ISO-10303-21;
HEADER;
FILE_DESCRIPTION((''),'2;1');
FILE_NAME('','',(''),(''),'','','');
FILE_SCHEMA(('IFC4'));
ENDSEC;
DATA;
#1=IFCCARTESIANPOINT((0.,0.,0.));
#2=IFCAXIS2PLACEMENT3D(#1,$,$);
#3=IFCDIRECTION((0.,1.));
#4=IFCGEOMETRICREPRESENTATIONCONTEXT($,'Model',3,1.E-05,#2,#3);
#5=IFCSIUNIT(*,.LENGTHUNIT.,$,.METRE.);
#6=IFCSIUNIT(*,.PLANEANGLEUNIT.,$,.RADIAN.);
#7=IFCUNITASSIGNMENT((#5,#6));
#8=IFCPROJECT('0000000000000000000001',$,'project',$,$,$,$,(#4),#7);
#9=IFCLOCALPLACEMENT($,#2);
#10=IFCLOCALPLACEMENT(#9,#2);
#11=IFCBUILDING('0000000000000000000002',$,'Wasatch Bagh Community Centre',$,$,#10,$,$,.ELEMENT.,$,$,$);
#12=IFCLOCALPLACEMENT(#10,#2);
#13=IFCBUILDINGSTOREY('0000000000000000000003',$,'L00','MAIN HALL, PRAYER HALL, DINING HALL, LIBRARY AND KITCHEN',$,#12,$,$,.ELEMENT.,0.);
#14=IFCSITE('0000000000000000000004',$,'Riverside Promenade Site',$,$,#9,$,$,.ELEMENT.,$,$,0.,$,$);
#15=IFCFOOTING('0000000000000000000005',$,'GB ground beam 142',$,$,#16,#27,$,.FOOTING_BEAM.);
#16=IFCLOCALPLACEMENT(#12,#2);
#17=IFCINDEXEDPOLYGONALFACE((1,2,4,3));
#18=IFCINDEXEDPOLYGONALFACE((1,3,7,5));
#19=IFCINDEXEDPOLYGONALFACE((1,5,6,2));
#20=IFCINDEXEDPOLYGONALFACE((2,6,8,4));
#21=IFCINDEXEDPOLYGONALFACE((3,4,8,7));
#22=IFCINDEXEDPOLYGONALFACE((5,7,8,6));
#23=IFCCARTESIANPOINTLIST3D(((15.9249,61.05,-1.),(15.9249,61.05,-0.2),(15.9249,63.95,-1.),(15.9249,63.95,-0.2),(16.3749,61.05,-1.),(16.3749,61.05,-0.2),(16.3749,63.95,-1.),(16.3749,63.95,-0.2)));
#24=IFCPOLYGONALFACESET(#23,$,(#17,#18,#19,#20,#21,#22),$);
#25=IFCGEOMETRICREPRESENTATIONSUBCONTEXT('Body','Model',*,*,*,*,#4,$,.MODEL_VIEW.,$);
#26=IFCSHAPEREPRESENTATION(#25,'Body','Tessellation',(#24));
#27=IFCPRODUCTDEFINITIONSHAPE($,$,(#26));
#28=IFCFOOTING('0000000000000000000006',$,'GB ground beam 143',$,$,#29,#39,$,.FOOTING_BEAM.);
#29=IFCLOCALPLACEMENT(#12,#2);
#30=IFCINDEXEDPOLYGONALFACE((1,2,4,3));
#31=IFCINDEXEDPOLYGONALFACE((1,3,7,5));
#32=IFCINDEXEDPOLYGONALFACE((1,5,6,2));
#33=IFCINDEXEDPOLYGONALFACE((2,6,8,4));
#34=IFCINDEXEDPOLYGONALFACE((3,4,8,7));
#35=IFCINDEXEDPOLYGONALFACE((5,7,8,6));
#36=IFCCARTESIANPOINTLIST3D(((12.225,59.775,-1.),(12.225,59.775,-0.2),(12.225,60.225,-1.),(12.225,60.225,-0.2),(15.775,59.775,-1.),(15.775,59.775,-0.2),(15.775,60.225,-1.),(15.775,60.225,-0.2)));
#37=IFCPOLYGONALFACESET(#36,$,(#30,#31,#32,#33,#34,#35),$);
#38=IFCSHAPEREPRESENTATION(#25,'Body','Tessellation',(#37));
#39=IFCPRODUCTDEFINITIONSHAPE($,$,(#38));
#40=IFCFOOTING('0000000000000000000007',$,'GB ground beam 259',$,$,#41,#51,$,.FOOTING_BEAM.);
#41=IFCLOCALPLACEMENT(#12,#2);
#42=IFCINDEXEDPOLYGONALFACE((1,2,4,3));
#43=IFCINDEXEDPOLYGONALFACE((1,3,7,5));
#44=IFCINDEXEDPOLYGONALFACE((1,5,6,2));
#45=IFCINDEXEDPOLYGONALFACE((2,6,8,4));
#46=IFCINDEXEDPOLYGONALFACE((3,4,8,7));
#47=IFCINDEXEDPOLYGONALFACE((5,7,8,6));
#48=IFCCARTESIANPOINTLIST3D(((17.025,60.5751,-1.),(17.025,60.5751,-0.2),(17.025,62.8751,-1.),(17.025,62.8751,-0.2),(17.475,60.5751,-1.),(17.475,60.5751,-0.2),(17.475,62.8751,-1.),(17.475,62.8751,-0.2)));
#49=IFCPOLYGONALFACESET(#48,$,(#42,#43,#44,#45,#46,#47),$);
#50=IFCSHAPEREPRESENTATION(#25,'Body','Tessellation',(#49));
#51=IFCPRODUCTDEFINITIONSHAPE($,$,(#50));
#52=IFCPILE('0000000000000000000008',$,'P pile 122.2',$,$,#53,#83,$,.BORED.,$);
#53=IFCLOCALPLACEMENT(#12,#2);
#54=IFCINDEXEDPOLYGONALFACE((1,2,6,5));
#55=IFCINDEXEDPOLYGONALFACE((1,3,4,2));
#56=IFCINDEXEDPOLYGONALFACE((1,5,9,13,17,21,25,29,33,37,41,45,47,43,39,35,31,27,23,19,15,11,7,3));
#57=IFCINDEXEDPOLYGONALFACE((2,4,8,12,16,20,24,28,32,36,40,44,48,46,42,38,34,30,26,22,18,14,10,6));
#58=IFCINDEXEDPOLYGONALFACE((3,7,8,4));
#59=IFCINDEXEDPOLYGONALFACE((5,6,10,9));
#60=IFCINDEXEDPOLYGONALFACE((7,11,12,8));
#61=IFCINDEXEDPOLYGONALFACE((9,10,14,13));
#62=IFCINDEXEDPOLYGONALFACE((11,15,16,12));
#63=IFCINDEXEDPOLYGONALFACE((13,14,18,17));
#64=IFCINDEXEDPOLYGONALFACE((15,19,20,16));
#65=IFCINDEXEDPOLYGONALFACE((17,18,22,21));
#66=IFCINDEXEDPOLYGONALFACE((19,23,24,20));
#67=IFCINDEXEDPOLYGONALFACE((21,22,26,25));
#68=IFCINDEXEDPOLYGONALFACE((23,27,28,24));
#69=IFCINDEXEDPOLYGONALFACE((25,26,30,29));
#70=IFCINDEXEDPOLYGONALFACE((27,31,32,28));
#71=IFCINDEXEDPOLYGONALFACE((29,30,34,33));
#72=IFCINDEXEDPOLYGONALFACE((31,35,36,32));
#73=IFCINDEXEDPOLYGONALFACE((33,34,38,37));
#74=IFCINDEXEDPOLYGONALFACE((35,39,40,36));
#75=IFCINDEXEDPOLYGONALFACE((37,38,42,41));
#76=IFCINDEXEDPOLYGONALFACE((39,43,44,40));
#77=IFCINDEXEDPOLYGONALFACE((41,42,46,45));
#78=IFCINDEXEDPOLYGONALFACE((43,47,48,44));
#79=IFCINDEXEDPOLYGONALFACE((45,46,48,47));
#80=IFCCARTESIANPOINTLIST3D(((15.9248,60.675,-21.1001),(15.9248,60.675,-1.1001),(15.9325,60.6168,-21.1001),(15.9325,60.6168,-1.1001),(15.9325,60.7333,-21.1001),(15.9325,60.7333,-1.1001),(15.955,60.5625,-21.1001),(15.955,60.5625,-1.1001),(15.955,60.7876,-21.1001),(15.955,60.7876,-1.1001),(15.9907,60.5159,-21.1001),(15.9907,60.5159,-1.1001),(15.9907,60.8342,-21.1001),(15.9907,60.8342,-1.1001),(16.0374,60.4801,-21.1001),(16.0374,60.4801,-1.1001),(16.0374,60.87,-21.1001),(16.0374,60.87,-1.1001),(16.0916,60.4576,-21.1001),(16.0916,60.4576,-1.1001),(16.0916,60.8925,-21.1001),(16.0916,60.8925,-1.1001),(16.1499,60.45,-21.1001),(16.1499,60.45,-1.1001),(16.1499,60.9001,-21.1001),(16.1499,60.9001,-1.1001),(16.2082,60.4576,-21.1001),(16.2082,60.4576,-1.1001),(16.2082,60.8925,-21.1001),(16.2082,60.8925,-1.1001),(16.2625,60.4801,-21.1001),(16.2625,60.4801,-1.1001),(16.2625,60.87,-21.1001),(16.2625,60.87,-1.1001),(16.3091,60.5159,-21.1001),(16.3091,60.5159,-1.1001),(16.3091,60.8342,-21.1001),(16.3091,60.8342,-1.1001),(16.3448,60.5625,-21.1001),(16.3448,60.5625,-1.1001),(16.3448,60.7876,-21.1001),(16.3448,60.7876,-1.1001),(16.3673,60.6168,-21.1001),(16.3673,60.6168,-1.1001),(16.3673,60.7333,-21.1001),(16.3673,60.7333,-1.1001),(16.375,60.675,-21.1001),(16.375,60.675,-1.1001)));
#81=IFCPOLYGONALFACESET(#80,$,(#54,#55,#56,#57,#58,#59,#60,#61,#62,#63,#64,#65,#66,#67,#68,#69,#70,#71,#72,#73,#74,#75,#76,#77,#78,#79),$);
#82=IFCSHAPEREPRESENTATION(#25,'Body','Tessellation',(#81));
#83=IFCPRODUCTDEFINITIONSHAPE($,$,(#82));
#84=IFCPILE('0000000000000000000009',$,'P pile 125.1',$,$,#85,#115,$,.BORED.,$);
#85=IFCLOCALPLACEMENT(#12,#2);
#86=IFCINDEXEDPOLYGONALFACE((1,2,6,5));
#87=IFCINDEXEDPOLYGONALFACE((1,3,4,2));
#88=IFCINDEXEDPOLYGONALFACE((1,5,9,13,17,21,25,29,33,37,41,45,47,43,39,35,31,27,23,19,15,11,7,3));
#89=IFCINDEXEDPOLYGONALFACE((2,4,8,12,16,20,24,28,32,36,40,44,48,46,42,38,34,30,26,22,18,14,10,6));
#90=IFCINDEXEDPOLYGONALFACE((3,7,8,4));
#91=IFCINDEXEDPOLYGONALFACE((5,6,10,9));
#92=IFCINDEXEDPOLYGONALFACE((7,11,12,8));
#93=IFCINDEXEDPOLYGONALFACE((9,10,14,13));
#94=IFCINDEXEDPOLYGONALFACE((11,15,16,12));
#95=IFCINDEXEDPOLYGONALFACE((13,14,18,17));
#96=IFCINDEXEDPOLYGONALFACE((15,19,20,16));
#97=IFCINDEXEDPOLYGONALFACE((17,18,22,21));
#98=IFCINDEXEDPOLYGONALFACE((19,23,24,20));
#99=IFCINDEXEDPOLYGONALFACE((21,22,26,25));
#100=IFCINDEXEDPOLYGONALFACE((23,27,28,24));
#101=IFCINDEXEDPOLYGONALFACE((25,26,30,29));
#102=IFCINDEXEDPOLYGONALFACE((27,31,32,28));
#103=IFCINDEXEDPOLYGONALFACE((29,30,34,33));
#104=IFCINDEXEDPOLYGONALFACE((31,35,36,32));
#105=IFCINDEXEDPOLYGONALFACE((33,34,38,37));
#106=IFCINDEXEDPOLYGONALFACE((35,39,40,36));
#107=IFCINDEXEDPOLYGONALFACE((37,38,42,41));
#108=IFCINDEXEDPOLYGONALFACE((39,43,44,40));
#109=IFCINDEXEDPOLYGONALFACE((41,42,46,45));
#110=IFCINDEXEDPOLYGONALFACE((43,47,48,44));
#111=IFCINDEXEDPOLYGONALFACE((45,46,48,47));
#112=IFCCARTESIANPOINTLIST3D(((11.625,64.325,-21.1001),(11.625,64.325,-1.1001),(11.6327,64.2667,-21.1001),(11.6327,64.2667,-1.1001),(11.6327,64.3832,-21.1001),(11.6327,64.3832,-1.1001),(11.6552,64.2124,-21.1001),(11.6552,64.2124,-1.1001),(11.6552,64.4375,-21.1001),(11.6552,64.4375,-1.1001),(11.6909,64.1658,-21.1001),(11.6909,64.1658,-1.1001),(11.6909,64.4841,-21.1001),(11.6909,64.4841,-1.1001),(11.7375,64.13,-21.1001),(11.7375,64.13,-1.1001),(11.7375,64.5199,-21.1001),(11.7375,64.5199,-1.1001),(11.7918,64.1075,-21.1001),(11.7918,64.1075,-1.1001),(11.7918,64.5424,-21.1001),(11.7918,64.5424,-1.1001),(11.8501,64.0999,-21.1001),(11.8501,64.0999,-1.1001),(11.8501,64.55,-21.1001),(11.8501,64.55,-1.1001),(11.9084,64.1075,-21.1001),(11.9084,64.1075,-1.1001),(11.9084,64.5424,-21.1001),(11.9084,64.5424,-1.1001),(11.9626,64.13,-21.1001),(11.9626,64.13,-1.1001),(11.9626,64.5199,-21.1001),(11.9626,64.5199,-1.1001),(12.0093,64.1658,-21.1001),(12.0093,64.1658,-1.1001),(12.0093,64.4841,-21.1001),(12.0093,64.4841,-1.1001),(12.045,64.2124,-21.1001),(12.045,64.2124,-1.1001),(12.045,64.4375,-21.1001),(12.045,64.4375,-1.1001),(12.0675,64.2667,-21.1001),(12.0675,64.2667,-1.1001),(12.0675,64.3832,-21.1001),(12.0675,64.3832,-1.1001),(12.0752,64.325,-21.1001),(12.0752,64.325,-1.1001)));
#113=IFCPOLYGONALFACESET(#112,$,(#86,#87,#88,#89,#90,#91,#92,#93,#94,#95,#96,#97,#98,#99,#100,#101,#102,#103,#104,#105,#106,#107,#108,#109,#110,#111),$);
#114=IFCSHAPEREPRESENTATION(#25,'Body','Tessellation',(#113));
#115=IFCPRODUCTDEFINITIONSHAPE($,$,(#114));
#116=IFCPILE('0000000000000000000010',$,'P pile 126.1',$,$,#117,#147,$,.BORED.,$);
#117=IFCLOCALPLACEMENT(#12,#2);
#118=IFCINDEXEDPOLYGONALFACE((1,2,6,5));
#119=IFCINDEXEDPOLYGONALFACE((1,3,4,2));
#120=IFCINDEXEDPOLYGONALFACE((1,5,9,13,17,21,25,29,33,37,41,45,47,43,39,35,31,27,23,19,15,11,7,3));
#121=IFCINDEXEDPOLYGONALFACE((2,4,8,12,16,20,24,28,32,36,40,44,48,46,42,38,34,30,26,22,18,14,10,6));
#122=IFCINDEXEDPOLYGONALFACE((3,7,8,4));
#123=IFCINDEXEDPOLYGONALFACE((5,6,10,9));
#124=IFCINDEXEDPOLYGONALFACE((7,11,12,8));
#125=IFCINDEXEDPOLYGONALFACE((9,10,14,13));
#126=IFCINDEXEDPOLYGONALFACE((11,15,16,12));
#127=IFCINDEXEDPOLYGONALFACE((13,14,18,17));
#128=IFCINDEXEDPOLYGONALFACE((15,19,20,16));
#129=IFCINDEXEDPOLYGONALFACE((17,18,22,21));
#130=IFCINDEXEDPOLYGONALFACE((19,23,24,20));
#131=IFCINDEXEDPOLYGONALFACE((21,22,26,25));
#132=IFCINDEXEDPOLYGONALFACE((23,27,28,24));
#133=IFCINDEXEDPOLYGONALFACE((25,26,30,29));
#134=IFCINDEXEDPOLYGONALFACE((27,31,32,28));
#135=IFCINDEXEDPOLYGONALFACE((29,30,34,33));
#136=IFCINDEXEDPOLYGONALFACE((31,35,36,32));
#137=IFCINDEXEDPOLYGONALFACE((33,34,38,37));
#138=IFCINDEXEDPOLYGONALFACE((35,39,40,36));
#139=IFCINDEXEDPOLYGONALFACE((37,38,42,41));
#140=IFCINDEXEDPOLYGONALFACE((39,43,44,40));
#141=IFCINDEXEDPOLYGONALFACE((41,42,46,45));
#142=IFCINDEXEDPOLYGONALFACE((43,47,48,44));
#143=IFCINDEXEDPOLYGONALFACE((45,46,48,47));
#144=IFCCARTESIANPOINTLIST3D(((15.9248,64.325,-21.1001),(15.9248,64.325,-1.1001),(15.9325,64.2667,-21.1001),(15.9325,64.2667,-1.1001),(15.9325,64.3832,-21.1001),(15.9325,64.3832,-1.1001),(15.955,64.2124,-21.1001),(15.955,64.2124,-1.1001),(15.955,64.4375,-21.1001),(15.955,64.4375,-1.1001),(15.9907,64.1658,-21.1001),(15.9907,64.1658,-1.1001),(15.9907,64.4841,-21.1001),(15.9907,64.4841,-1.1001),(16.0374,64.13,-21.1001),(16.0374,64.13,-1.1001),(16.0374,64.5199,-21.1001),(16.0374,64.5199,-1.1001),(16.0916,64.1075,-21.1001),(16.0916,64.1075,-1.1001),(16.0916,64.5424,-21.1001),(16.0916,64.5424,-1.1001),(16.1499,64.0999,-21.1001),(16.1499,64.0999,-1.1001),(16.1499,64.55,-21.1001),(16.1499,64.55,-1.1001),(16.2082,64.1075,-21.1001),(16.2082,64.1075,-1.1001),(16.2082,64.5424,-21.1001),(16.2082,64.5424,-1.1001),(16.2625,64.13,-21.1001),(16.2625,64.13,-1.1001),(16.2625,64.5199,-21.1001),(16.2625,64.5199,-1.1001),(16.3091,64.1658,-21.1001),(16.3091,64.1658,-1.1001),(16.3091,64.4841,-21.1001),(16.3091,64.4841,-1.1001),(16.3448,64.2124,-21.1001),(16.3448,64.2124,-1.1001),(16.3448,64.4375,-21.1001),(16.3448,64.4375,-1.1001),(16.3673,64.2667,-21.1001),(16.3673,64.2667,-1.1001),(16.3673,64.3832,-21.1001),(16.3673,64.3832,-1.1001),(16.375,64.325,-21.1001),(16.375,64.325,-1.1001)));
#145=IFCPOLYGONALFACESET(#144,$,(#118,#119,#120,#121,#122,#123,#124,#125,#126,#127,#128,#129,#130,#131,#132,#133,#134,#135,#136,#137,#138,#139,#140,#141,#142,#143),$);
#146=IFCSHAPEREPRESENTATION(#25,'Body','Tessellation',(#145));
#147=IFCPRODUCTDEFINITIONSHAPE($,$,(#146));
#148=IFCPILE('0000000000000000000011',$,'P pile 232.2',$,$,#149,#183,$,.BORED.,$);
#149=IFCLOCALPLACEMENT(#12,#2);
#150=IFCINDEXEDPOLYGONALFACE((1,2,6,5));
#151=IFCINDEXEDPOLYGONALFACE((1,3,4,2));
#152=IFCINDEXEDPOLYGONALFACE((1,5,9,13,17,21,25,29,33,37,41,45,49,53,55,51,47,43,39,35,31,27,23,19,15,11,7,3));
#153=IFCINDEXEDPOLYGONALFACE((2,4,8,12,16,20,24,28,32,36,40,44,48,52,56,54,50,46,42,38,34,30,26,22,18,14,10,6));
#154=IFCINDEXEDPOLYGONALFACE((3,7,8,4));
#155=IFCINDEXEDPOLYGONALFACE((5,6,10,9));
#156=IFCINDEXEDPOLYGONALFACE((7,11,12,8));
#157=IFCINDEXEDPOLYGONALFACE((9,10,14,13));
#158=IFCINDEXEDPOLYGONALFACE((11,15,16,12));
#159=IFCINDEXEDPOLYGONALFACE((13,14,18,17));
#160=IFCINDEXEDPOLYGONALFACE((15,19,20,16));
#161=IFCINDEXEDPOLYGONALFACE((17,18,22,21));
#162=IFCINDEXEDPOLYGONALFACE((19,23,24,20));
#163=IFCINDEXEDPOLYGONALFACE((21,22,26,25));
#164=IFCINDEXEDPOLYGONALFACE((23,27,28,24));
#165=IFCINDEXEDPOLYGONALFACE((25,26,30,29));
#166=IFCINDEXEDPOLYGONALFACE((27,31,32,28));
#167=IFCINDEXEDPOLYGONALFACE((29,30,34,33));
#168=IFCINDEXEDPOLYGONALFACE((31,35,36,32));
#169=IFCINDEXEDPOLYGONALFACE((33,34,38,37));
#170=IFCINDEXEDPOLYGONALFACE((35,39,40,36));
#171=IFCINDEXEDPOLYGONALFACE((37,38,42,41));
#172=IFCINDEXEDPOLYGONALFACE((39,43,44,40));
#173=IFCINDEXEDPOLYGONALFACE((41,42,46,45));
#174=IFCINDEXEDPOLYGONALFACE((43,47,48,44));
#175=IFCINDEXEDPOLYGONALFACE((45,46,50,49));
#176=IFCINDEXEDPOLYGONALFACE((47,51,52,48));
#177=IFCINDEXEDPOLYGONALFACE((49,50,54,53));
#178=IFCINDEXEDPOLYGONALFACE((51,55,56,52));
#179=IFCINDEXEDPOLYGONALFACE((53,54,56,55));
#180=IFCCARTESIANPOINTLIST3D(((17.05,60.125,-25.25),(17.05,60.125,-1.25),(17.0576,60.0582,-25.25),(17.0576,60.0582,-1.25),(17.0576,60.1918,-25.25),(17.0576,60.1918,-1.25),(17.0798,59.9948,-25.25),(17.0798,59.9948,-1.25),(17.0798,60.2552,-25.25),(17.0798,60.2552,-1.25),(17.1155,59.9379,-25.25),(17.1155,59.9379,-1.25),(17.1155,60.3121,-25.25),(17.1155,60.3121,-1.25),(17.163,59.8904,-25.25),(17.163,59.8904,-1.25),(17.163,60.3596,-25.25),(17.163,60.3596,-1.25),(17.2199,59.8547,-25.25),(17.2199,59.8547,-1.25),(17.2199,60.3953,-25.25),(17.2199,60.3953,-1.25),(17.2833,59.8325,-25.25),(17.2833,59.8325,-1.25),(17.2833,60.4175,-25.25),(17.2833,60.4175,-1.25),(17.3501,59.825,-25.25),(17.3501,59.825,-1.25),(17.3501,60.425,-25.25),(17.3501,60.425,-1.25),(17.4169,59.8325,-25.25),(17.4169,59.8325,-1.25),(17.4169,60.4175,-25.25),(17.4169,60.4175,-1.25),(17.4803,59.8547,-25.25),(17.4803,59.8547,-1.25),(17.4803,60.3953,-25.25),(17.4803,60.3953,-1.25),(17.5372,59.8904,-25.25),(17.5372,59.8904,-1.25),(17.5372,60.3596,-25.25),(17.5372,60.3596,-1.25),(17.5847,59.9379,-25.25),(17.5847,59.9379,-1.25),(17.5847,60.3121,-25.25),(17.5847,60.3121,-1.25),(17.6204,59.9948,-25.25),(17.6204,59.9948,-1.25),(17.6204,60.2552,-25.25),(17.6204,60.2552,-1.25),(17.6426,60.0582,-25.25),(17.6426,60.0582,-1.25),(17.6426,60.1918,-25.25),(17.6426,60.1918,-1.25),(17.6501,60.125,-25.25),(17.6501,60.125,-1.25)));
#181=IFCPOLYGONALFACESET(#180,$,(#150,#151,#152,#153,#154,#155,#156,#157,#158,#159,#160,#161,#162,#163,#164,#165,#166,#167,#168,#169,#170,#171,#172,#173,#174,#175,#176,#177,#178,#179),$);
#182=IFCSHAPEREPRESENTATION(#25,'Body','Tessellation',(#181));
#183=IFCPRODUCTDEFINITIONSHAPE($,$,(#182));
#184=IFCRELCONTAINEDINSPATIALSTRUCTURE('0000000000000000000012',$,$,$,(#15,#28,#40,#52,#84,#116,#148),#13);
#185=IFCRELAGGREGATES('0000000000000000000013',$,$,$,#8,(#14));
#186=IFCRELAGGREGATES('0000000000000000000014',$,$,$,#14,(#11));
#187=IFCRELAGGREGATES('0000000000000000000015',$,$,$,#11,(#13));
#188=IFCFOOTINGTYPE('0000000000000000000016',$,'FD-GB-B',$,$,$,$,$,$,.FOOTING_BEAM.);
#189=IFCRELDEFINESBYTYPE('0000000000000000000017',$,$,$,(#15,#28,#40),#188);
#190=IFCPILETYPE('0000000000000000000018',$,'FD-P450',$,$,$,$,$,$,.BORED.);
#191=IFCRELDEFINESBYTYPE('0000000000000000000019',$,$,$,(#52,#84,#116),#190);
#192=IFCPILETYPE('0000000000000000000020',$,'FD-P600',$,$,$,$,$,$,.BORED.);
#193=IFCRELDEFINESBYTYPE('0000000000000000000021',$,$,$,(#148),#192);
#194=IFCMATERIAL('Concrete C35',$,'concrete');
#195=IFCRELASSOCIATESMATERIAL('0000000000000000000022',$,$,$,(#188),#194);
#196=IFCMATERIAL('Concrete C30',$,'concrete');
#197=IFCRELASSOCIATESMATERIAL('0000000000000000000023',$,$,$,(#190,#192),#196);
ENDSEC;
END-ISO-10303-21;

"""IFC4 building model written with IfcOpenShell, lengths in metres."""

from ifc_helpers import new_model, si_unit, direction, frame, origin, origin_2d, place, context, subcontext, project, spatial, rectangle, circle, extrude, material, material_profile, profile_set, type_object, element, save


model = new_model("IFC4")

# Units and contexts
model_context = context("Model", 3, precision=1e-05, world=origin(), true_north=direction((0.0, 1.0)))
body_context = subcontext(model_context, "Body", "Model", "MODEL_VIEW")
ifc_project = project(units=[si_unit("LENGTHUNIT", "METRE"), si_unit("PLANEANGLEUNIT", "RADIAN")], contexts=[model_context])

# Site, building, storey
site_placement = place(None, origin())
site = spatial("IfcSite", under=ifc_project, at=site_placement, Name="Riverside Promenade Site", CompositionType="ELEMENT", RefElevation=0.0)
building_placement = place(site_placement, origin())
building = spatial("IfcBuilding", under=site, at=building_placement, Name="Wasatch Bagh Community Centre", CompositionType="ELEMENT")
storey_placement = place(building_placement, origin())
storey = spatial("IfcBuildingStorey", under=building, at=storey_placement, Name="L00", Description="MAIN HALL, PRAYER HALL, DINING HALL, LIBRARY AND KITCHEN", CompositionType="ELEMENT", Elevation=0.0)

# Footings
ifc_material_1 = material(Name="Concrete C35", Category="concrete")
footing_type_1 = type_object("IfcFootingType", Name="FD-GB-B", PredefinedType="FOOTING_BEAM", material=ifc_material_1)
footing_1_placement = place(storey_placement, frame((16.1499, 62.5, -1.0), z_axis=(0.0, 0.0, 1.0), x_axis=(0.0, 1.0, 0.0)))
element("IfcFooting", 1, at=footing_1_placement, inside=storey, type_object=footing_type_1, Name="GB ground beam 142", PredefinedType="FOOTING_BEAM", context=body_context, shape_type="SweptSolid", body=[
    extrude(rectangle(XDim=2.8999, YDim=0.45, at=origin_2d()), origin(), (0.0, 0.0, 1.0), 0.8),
])
footing_2_placement = place(storey_placement, frame((14.0, 60.0, -1.0), z_axis=(0.0, 0.0, 1.0), x_axis=(-1.0, 0.0, 0.0)))
element("IfcFooting", 2, at=footing_2_placement, inside=storey, type_object=footing_type_1, Name="GB ground beam 143", PredefinedType="FOOTING_BEAM", context=body_context, shape_type="SweptSolid", body=[
    extrude(rectangle(XDim=3.55, YDim=0.45, at=origin_2d()), origin(), (0.0, 0.0, 1.0), 0.8),
])
footing_3_placement = place(storey_placement, frame((17.25, 61.7251, -1.0), z_axis=(0.0, 0.0, 1.0), x_axis=(0.0, 1.0, 0.0)))
element("IfcFooting", 3, at=footing_3_placement, inside=storey, type_object=footing_type_1, Name="GB ground beam 259", PredefinedType="FOOTING_BEAM", context=body_context, shape_type="SweptSolid", body=[
    extrude(rectangle(XDim=2.3, YDim=0.45, at=origin_2d()), origin(), (0.0, 0.0, 1.0), 0.8),
])

# Piles
ifc_material_2 = material(Name="Concrete C30", Category="concrete")
ifc_material_profile_1 = material_profile(ifc_material_2, circle(Radius=0.2251, at=origin_2d()), Name="RC D450")
ifc_profile_set_1 = profile_set([ifc_material_profile_1], Name="Concrete C30")
pile_type_1 = type_object("IfcPileType", Name="FD-P450", PredefinedType="BORED", material=ifc_profile_set_1)
for number, where, z_axis, x_axis, name in (
    (4, (16.1499, 60.675, -1.1001), (0.0, 0.0, -1.0), (1.0, 0.0, 0.0), "P pile 122.2"),
    (5, (11.8501, 64.325, -1.1001), (0.0, 0.0, -1.0), (1.0, 0.0, 0.0), "P pile 125.1"),
    (6, (16.1499, 64.325, -1.1001), (0.0, 0.0, -1.0), (1.0, 0.0, 0.0), "P pile 126.1"),
):
    element("IfcPile", number, at=place(storey_placement, frame(where, z_axis=z_axis, x_axis=x_axis)), inside=storey, type_object=pile_type_1, Name=name, PredefinedType="BORED", context=body_context, shape_type="SweptSolid", body=[
        extrude(circle(Radius=0.2251, at=origin_2d()), origin(), (0.0, 0.0, 1.0), 20.0),
    ])
ifc_material_profile_2 = material_profile(ifc_material_2, circle(Radius=0.3, at=origin_2d()), Name="RC D600")
ifc_profile_set_2 = profile_set([ifc_material_profile_2], Name="Concrete C30")
pile_type_2 = type_object("IfcPileType", Name="FD-P600", PredefinedType="BORED", material=ifc_profile_set_2)
for number, where, z_axis, x_axis, name in (
    (7, (17.3501, 60.125, -1.25), (0.0, 0.0, -1.0), (1.0, 0.0, 0.0), "P pile 232.2"),
):
    element("IfcPile", number, at=place(storey_placement, frame(where, z_axis=z_axis, x_axis=x_axis)), inside=storey, type_object=pile_type_2, Name=name, PredefinedType="BORED", context=body_context, shape_type="SweptSolid", body=[
        extrude(circle(Radius=0.3, at=origin_2d()), origin(), (0.0, 0.0, 1.0), 24.0),
    ])

save(model, "model.ifc")
